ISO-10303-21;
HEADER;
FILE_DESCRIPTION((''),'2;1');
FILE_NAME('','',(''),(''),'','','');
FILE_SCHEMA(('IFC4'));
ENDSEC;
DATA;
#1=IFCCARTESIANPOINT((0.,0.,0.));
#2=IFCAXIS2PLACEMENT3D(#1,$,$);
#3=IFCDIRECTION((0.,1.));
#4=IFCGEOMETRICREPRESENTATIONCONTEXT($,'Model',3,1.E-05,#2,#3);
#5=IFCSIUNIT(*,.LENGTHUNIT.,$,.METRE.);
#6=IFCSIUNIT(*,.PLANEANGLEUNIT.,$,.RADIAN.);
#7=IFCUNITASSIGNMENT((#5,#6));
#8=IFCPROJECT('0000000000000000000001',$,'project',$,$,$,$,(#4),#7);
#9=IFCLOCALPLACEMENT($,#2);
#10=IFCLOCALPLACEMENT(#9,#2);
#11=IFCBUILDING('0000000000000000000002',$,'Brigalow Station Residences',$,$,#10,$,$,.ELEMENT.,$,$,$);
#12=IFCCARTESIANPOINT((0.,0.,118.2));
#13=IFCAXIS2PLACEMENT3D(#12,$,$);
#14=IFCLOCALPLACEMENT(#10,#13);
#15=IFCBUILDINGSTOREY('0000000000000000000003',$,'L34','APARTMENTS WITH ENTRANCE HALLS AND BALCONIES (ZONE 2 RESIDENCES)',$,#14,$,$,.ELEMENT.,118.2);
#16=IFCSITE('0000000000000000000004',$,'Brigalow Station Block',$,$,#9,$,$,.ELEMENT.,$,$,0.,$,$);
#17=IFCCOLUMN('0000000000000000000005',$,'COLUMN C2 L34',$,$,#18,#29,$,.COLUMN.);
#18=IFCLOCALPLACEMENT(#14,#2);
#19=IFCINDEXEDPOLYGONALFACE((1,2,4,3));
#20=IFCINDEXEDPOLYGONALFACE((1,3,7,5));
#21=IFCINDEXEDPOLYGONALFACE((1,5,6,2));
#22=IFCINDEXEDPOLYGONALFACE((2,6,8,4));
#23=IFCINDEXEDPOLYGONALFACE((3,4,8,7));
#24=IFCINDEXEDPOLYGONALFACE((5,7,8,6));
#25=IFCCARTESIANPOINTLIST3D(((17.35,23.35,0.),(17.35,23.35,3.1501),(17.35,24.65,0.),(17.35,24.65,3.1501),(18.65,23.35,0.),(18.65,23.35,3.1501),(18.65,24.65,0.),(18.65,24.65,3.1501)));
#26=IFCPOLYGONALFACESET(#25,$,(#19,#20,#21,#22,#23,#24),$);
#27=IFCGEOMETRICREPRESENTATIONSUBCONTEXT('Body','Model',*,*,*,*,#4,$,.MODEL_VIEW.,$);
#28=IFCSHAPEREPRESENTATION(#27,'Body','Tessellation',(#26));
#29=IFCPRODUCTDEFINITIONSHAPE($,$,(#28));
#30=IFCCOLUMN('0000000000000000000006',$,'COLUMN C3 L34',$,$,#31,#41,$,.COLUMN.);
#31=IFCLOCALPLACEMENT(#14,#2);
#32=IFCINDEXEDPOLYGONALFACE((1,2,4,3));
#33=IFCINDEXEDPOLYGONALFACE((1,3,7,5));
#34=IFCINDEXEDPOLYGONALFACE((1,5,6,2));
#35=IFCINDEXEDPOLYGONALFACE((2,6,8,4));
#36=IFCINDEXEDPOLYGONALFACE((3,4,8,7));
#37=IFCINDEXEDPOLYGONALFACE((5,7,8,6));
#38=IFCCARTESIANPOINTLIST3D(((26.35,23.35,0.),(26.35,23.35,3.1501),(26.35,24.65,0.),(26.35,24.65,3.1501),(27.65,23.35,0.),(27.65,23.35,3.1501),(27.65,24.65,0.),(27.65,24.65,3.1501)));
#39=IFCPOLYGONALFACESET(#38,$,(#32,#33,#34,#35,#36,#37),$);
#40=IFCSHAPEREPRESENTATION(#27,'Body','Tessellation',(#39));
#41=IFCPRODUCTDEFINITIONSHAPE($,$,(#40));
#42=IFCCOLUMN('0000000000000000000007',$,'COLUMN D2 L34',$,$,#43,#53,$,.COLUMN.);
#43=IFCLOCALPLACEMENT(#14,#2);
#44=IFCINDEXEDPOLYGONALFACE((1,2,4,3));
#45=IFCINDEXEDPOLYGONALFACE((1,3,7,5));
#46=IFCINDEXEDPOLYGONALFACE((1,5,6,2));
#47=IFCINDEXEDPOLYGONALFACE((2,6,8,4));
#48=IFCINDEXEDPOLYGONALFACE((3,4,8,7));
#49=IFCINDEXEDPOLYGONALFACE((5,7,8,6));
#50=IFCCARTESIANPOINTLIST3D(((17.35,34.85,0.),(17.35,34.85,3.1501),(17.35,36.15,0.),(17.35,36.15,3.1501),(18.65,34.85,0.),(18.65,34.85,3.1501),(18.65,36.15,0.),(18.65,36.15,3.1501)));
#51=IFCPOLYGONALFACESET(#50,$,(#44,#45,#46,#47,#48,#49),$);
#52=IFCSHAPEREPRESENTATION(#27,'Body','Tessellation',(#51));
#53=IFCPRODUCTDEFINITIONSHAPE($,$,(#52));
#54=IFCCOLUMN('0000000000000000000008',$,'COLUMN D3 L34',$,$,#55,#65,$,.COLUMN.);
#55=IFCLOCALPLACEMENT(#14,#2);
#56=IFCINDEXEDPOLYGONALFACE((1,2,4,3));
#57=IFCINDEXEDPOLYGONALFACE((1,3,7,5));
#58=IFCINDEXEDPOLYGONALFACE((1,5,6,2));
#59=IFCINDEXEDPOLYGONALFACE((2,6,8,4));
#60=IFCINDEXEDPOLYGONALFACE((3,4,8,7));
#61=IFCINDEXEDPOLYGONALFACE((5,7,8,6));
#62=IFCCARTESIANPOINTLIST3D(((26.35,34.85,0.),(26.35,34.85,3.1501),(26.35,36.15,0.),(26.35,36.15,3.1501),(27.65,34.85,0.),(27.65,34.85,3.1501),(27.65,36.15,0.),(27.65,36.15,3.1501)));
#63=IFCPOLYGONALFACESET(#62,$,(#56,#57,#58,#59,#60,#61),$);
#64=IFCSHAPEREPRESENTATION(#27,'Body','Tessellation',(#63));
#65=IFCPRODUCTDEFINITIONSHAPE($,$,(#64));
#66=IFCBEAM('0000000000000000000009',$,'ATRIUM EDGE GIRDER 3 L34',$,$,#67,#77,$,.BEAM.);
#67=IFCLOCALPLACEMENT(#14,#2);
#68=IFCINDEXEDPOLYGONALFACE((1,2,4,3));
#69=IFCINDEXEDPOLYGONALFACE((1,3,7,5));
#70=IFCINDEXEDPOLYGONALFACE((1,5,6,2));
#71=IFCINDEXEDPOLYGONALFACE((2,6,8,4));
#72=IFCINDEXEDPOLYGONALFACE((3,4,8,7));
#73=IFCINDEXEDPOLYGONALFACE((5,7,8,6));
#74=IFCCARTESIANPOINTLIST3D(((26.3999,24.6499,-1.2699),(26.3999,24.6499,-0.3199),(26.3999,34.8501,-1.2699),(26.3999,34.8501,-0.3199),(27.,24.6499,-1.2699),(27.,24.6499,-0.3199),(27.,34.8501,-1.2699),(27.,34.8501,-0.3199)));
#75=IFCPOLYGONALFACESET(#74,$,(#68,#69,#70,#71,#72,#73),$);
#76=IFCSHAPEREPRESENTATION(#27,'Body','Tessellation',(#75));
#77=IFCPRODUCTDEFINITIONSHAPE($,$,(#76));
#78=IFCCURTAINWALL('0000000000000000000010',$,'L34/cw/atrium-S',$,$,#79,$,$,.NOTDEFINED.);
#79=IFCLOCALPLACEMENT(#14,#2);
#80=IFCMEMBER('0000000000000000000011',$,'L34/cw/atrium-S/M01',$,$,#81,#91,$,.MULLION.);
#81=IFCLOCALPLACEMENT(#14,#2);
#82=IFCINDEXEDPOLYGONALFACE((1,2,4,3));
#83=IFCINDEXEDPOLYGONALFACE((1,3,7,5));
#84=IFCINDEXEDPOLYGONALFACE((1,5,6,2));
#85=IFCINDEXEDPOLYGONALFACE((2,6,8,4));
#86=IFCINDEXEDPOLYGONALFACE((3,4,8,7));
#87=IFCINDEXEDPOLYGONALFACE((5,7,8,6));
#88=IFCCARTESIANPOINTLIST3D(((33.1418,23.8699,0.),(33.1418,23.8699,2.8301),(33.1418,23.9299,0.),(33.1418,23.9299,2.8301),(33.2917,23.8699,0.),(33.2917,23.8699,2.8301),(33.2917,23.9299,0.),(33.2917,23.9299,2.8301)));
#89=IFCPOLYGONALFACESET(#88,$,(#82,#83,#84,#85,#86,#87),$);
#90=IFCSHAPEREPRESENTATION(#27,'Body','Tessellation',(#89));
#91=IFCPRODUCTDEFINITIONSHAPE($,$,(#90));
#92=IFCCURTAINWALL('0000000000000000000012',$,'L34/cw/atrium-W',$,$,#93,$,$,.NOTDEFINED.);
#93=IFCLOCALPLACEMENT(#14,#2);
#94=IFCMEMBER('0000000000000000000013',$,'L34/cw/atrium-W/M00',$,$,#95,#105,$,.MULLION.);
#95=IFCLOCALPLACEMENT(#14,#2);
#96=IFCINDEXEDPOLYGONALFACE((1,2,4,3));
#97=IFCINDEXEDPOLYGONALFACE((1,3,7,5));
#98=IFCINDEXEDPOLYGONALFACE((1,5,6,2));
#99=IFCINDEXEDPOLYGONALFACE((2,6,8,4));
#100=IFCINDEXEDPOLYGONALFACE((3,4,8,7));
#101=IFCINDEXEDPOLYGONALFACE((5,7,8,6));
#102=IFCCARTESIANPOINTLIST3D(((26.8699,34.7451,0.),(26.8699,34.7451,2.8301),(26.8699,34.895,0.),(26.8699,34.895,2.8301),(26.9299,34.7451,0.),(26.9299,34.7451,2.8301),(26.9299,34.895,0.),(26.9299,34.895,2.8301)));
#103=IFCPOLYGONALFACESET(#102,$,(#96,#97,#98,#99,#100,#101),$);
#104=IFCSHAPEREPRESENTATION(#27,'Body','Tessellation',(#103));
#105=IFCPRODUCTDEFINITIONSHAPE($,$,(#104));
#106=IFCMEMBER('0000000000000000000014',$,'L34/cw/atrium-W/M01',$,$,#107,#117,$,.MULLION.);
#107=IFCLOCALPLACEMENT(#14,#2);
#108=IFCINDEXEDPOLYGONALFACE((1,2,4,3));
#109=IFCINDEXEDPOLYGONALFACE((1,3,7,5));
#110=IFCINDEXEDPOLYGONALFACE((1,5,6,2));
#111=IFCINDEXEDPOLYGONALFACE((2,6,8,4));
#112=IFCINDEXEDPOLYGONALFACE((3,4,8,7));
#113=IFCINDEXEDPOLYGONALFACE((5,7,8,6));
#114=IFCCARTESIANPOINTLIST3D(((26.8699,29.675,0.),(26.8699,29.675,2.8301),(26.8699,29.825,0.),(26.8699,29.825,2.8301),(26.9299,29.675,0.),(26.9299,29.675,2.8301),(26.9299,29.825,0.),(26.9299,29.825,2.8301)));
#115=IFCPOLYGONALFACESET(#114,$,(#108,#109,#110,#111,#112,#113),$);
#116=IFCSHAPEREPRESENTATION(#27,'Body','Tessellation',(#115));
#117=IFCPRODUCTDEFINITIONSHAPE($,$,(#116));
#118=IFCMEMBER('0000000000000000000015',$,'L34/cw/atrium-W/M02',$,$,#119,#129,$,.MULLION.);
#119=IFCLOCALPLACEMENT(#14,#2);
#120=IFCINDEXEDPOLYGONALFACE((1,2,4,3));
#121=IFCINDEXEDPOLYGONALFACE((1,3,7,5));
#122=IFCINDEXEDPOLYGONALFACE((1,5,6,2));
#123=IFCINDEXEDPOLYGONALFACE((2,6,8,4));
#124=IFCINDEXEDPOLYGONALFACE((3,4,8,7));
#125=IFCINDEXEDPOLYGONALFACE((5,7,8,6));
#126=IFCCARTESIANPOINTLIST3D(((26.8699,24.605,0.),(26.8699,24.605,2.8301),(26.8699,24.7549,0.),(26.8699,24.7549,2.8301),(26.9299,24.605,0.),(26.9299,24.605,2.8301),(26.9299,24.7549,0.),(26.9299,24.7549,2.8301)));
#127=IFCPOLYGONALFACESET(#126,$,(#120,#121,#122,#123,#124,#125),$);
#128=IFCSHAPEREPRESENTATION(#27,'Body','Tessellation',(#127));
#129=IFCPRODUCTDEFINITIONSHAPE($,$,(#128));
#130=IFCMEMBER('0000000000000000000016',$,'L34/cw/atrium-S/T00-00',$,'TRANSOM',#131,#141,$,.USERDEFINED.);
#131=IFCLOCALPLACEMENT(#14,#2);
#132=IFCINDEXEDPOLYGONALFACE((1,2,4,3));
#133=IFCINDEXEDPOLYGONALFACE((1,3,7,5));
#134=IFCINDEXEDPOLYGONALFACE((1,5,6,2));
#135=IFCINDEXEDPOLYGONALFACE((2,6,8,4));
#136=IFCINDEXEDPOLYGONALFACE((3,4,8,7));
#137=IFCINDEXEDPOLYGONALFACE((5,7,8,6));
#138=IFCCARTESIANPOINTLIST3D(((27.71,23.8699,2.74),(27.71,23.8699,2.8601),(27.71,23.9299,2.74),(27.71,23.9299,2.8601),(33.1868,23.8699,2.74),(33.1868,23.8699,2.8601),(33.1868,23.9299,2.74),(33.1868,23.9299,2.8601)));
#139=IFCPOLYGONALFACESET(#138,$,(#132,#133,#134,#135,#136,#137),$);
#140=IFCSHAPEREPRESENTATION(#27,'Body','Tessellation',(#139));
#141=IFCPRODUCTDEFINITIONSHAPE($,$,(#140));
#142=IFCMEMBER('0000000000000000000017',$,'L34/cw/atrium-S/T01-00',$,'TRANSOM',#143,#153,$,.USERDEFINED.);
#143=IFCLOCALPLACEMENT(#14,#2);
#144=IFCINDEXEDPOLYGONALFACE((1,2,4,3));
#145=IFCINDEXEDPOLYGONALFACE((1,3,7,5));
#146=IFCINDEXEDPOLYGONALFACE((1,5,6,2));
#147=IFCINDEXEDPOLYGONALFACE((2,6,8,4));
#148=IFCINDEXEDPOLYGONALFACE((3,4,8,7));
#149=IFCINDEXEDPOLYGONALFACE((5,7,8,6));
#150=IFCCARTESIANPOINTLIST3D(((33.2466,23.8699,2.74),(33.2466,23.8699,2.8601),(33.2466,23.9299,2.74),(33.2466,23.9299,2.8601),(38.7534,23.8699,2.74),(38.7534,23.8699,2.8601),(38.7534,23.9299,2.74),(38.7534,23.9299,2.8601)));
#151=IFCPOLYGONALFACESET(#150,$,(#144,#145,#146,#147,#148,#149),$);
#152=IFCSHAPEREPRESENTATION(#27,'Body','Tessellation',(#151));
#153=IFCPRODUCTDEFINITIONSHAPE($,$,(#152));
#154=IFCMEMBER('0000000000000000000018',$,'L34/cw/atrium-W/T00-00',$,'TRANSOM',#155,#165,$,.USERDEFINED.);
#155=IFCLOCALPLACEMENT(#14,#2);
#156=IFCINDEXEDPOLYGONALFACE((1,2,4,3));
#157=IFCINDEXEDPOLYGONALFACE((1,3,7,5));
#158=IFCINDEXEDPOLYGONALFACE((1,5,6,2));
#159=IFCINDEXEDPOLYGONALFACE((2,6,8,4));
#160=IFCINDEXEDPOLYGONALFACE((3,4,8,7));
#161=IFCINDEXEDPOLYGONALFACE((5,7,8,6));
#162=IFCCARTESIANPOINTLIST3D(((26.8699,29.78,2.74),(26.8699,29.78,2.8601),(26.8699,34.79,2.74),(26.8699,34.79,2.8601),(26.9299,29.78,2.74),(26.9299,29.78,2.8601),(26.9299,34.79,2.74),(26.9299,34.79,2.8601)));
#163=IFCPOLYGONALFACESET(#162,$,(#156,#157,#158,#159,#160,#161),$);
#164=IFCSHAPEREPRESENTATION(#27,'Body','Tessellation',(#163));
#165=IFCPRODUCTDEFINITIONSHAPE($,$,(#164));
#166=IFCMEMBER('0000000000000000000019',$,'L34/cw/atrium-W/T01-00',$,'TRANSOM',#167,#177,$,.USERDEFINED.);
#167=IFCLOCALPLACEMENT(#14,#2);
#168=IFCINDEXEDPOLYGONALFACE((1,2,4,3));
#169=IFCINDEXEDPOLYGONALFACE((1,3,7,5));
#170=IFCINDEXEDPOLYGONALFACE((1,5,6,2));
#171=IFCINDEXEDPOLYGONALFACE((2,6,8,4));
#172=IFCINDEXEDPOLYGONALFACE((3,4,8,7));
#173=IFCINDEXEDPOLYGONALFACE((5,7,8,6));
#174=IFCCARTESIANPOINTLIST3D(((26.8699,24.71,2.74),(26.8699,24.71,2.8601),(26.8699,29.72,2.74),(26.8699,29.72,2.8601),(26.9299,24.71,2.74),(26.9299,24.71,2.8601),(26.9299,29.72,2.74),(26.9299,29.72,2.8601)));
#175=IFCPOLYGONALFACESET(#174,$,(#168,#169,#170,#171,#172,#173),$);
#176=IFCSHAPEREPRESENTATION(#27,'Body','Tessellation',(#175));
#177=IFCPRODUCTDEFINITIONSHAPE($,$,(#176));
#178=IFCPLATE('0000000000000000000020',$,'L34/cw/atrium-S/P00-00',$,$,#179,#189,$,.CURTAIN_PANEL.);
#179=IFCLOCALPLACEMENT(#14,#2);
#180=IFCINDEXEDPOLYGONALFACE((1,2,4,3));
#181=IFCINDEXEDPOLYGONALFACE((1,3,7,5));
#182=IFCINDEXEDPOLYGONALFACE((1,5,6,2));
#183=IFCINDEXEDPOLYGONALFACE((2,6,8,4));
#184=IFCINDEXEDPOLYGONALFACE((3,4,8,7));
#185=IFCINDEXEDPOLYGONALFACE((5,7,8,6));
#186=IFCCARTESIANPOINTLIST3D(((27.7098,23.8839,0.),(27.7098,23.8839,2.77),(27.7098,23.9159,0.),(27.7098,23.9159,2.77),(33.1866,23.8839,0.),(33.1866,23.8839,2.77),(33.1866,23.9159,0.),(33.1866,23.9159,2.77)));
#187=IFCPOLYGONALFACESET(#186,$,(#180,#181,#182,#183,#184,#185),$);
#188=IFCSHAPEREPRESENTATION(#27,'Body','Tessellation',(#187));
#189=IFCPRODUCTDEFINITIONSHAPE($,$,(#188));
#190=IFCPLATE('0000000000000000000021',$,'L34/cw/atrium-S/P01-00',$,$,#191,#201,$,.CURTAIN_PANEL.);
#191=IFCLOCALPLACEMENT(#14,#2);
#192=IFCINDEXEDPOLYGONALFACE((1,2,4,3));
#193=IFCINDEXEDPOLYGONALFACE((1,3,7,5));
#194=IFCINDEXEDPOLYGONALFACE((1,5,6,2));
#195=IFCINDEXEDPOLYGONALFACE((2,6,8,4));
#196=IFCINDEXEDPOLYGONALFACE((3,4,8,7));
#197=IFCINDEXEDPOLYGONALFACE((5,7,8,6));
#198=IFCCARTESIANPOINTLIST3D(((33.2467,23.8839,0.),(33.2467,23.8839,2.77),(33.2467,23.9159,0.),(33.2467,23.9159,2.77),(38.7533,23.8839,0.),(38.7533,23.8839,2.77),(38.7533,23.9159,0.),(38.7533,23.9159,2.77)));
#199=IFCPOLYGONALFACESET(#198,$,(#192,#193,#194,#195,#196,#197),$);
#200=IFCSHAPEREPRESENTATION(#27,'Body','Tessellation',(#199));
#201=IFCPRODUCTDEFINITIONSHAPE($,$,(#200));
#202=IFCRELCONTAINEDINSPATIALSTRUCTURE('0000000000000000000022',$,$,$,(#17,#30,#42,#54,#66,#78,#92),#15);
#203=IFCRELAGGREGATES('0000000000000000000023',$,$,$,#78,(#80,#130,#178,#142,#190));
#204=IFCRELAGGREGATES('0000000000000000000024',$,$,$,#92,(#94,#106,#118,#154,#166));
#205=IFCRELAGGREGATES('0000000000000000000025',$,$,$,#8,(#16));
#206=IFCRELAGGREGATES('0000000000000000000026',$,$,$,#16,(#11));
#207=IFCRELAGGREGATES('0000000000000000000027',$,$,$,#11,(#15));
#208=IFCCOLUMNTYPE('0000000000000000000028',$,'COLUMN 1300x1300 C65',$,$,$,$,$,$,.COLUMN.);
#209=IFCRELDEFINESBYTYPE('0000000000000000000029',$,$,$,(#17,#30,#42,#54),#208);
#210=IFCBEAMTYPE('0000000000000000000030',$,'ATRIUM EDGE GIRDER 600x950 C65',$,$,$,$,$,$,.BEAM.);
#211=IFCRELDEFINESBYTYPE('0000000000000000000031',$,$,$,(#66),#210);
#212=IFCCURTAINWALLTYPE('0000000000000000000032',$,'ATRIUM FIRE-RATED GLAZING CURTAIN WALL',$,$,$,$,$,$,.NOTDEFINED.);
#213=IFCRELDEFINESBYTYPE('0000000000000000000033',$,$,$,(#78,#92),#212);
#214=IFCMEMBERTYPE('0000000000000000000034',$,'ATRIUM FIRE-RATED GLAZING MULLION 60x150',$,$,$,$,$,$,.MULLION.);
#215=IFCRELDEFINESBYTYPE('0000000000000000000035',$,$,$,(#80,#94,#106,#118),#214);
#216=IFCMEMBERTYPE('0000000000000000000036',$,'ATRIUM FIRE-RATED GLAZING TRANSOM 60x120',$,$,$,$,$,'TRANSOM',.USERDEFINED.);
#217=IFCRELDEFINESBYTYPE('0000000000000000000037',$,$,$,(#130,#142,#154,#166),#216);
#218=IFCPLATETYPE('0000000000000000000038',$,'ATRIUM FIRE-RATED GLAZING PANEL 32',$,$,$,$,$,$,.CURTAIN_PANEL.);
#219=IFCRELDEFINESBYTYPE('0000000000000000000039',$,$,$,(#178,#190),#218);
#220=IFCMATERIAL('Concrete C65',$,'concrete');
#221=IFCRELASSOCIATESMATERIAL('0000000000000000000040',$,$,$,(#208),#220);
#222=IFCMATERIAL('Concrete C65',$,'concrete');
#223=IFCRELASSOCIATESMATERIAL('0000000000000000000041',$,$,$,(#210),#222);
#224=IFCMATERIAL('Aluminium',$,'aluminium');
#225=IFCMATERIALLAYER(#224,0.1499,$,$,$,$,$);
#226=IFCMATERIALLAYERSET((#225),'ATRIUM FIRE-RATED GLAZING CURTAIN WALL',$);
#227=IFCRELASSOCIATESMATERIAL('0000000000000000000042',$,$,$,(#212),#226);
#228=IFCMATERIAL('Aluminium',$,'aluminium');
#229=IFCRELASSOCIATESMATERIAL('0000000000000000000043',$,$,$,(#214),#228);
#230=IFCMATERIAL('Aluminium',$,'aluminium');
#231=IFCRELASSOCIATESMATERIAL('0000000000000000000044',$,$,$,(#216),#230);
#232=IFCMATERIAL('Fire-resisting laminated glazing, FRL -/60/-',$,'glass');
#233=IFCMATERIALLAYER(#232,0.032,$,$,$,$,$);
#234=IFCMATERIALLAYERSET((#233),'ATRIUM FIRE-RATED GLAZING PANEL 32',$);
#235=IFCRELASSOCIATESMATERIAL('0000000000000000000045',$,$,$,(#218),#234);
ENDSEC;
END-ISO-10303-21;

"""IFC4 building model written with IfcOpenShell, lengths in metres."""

from ifc_helpers import new_model, si_unit, direction, frame, origin, origin_2d, place, context, subcontext, project, spatial, rectangle, extrude, material, layer, layer_set, material_profile, profile_set, type_object, element, aggregate, save


model = new_model("IFC4")

# Units and contexts
model_context = context("Model", 3, precision=1e-05, world=origin(), true_north=direction((0.0, 1.0)))
body_context = subcontext(model_context, "Body", "Model", "MODEL_VIEW")
ifc_project = project(units=[si_unit("LENGTHUNIT", "METRE"), si_unit("PLANEANGLEUNIT", "RADIAN")], contexts=[model_context])

# Site, building, storey
site_placement = place(None, origin())
site = spatial("IfcSite", under=ifc_project, at=site_placement, Name="Brigalow Station Block", CompositionType="ELEMENT", RefElevation=0.0)
building_placement = place(site_placement, origin())
building = spatial("IfcBuilding", under=site, at=building_placement, Name="Brigalow Station Residences", CompositionType="ELEMENT")
storey_placement = place(building_placement, frame((0.0, 0.0, 118.2)))
storey = spatial("IfcBuildingStorey", under=building, at=storey_placement, Name="L34", Description="APARTMENTS WITH ENTRANCE HALLS AND BALCONIES (ZONE 2 RESIDENCES)", CompositionType="ELEMENT", Elevation=118.2)

# Columns
ifc_material_1 = material(Name="Concrete C65", Category="concrete")
ifc_material_profile_1 = material_profile(ifc_material_1, rectangle(XDim=1.3, YDim=1.3, at=origin_2d()), Name="RC1300x1300")
ifc_profile_set_1 = profile_set([ifc_material_profile_1], Name="Concrete C65")
column_type = type_object("IfcColumnType", Name="COLUMN 1300x1300 C65", PredefinedType="COLUMN", material=ifc_profile_set_1)
for number, where, z_axis, x_axis, name in (
    (1, (18.0, 24.0, 0.0), (0.0, 0.0, 1.0), (1.0, 0.0, 0.0), "COLUMN C2 L34"),
    (2, (27.0, 24.0, 0.0), (0.0, 0.0, 1.0), (1.0, 0.0, 0.0), "COLUMN C3 L34"),
    (3, (18.0, 35.5, 0.0), (0.0, 0.0, 1.0), (1.0, 0.0, 0.0), "COLUMN D2 L34"),
    (4, (27.0, 35.5, 0.0), (0.0, 0.0, 1.0), (1.0, 0.0, 0.0), "COLUMN D3 L34"),
):
    element("IfcColumn", number, at=place(storey_placement, frame(where, z_axis=z_axis, x_axis=x_axis)), inside=storey, type_object=column_type, Name=name, PredefinedType="COLUMN", context=body_context, shape_type="SweptSolid", body=[
        extrude(rectangle(XDim=1.3, YDim=1.3, at=origin_2d()), origin(), (0.0, 0.0, 1.0), 3.1501),
    ])

# Beam
ifc_material_2 = material(Name="Concrete C65", Category="concrete")
ifc_material_profile_2 = material_profile(ifc_material_2, rectangle(XDim=0.6001, YDim=0.95, at=origin_2d()), Name="RC600x950")
ifc_profile_set_2 = profile_set([ifc_material_profile_2], Name="Concrete C65")
beam_type = type_object("IfcBeamType", Name="ATRIUM EDGE GIRDER 600x950 C65", PredefinedType="BEAM", material=ifc_profile_set_2)
beam_placement = place(storey_placement, frame((26.7, 24.6499, -0.7949), z_axis=(0.0, 1.0, 0.0), x_axis=(-1.0, 0.0, 0.0)))
element("IfcBeam", 5, at=beam_placement, inside=storey, type_object=beam_type, Name="ATRIUM EDGE GIRDER 3 L34", PredefinedType="BEAM", context=body_context, shape_type="SweptSolid", body=[
    extrude(rectangle(XDim=0.6001, YDim=0.95, at=origin_2d()), origin(), (0.0, 0.0, 1.0), 10.2002),
])

# Curtain wall, member
ifc_material_3 = material(Name="Aluminium", Category="aluminium")
ifc_layer_1 = layer(ifc_material_3, 0.1499)
ifc_layer_set_1 = layer_set([ifc_layer_1], Name="ATRIUM FIRE-RATED GLAZING CURTAIN WALL")
curtain_wall_type = type_object("IfcCurtainWallType", Name="ATRIUM FIRE-RATED GLAZING CURTAIN WALL", PredefinedType="NOTDEFINED", material=ifc_layer_set_1)
curtain_wall_1_placement = place(storey_placement, origin())
curtain_wall_1 = element("IfcCurtainWall", 6, at=curtain_wall_1_placement, inside=storey, type_object=curtain_wall_type, Name="L34/cw/atrium-S", PredefinedType="NOTDEFINED")
ifc_material_4 = material(Name="Aluminium", Category="aluminium")
ifc_material_profile_3 = material_profile(ifc_material_4, rectangle(XDim=0.0601, YDim=0.1499, at=origin_2d()), Name="ATRIUM FIRE-RATED GLAZING MULLION 60x150")
ifc_profile_set_3 = profile_set([ifc_material_profile_3], Name="Aluminium")
member_type_1 = type_object("IfcMemberType", Name="ATRIUM FIRE-RATED GLAZING MULLION 60x150", PredefinedType="MULLION", material=ifc_profile_set_3)
member_1_placement = place(storey_placement, frame((33.2168, 23.8999, 0.0), z_axis=(0.0, 0.0, 1.0), x_axis=(0.0, 1.0, 0.0)))
member_1 = element("IfcMember", 7, at=member_1_placement, type_object=member_type_1, Name="L34/cw/atrium-S/M01", PredefinedType="MULLION", context=body_context, shape_type="SweptSolid", body=[
    extrude(rectangle(XDim=0.0601, YDim=0.1499, at=origin_2d()), origin(), (0.0, 0.0, 1.0), 2.8301),
])

# Curtain wall, members
curtain_wall_2_placement = place(storey_placement, origin())
curtain_wall_2 = element("IfcCurtainWall", 8, at=curtain_wall_2_placement, inside=storey, type_object=curtain_wall_type, Name="L34/cw/atrium-W", PredefinedType="NOTDEFINED")
member_2_placement = place(storey_placement, frame((26.8999, 34.8201, 0.0), z_axis=(0.0, 0.0, 1.0), x_axis=(1.0, 0.0, 0.0)))
member_2 = element("IfcMember", 9, at=member_2_placement, type_object=member_type_1, Name="L34/cw/atrium-W/M00", PredefinedType="MULLION", context=body_context, shape_type="SweptSolid", body=[
    extrude(rectangle(XDim=0.0601, YDim=0.1499, at=origin_2d()), origin(), (0.0, 0.0, 1.0), 2.8301),
])
member_3_placement = place(storey_placement, frame((26.8999, 29.75, 0.0), z_axis=(0.0, 0.0, 1.0), x_axis=(1.0, 0.0, 0.0)))
member_3 = element("IfcMember", 10, at=member_3_placement, type_object=member_type_1, Name="L34/cw/atrium-W/M01", PredefinedType="MULLION", context=body_context, shape_type="SweptSolid", body=[
    extrude(rectangle(XDim=0.0601, YDim=0.1499, at=origin_2d()), origin(), (0.0, 0.0, 1.0), 2.8301),
])
member_4_placement = place(storey_placement, frame((26.8999, 24.6799, 0.0), z_axis=(0.0, 0.0, 1.0), x_axis=(1.0, 0.0, 0.0)))
member_4 = element("IfcMember", 11, at=member_4_placement, type_object=member_type_1, Name="L34/cw/atrium-W/M02", PredefinedType="MULLION", context=body_context, shape_type="SweptSolid", body=[
    extrude(rectangle(XDim=0.0601, YDim=0.1499, at=origin_2d()), origin(), (0.0, 0.0, 1.0), 2.8301),
])

# Members
ifc_material_5 = material(Name="Aluminium", Category="aluminium")
ifc_material_profile_4 = material_profile(ifc_material_5, rectangle(XDim=0.0601, YDim=0.1201, at=origin_2d()), Name="ATRIUM FIRE-RATED GLAZING TRANSOM 60x120")
ifc_profile_set_4 = profile_set([ifc_material_profile_4], Name="Aluminium")
member_type_2 = type_object("IfcMemberType", Name="ATRIUM FIRE-RATED GLAZING TRANSOM 60x120", ElementType="TRANSOM", PredefinedType="USERDEFINED", material=ifc_profile_set_4)
member_5_placement = place(storey_placement, frame((27.71, 23.8999, 2.8), z_axis=(1.0, 0.0, 0.0), x_axis=(0.0, 1.0, 0.0)))
member_5 = element("IfcMember", 12, at=member_5_placement, type_object=member_type_2, Name="L34/cw/atrium-S/T00-00", ObjectType="TRANSOM", PredefinedType="USERDEFINED", context=body_context, shape_type="SweptSolid", body=[
    extrude(rectangle(XDim=0.0601, YDim=0.1201, at=origin_2d()), origin(), (0.0, 0.0, 1.0), 5.4768),
])
member_6_placement = place(storey_placement, frame((33.2466, 23.8999, 2.8), z_axis=(1.0, 0.0, 0.0), x_axis=(0.0, 1.0, 0.0)))
member_6 = element("IfcMember", 13, at=member_6_placement, type_object=member_type_2, Name="L34/cw/atrium-S/T01-00", ObjectType="TRANSOM", PredefinedType="USERDEFINED", context=body_context, shape_type="SweptSolid", body=[
    extrude(rectangle(XDim=0.0601, YDim=0.1201, at=origin_2d()), origin(), (0.0, 0.0, 1.0), 5.5068),
])
member_7_placement = place(storey_placement, frame((26.8999, 34.79, 2.8), z_axis=(0.0, -1.0, 0.0), x_axis=(1.0, 0.0, 0.0)))
member_7 = element("IfcMember", 14, at=member_7_placement, type_object=member_type_2, Name="L34/cw/atrium-W/T00-00", ObjectType="TRANSOM", PredefinedType="USERDEFINED", context=body_context, shape_type="SweptSolid", body=[
    extrude(rectangle(XDim=0.0601, YDim=0.1201, at=origin_2d()), origin(), (0.0, 0.0, 1.0), 5.01),
])
member_8_placement = place(storey_placement, frame((26.8999, 29.72, 2.8), z_axis=(0.0, -1.0, 0.0), x_axis=(1.0, 0.0, 0.0)))
member_8 = element("IfcMember", 15, at=member_8_placement, type_object=member_type_2, Name="L34/cw/atrium-W/T01-00", ObjectType="TRANSOM", PredefinedType="USERDEFINED", context=body_context, shape_type="SweptSolid", body=[
    extrude(rectangle(XDim=0.0601, YDim=0.1201, at=origin_2d()), origin(), (0.0, 0.0, 1.0), 5.01),
])

# Plates
ifc_material_6 = material(Name="Fire-resisting laminated glazing, FRL -/60/-", Category="glass")
ifc_layer_2 = layer(ifc_material_6, 0.032)
ifc_layer_set_2 = layer_set([ifc_layer_2], Name="ATRIUM FIRE-RATED GLAZING PANEL 32")
plate_type = type_object("IfcPlateType", Name="ATRIUM FIRE-RATED GLAZING PANEL 32", PredefinedType="CURTAIN_PANEL", material=ifc_layer_set_2)
plate_1_placement = place(storey_placement, frame((30.4482, 23.8999, 0.0), z_axis=(0.0, 0.0, 1.0), x_axis=(1.0, 0.0, 0.0)))
plate_1 = element("IfcPlate", 16, at=plate_1_placement, type_object=plate_type, Name="L34/cw/atrium-S/P00-00", PredefinedType="CURTAIN_PANEL", context=body_context, shape_type="SweptSolid", body=[
    extrude(rectangle(XDim=5.4768, YDim=0.032, at=origin_2d()), origin(), (0.0, 0.0, 1.0), 2.77),
])
plate_2_placement = place(storey_placement, frame((36.0, 23.8999, 0.0), z_axis=(0.0, 0.0, 1.0), x_axis=(1.0, 0.0, 0.0)))
plate_2 = element("IfcPlate", 17, at=plate_2_placement, type_object=plate_type, Name="L34/cw/atrium-S/P01-00", PredefinedType="CURTAIN_PANEL", context=body_context, shape_type="SweptSolid", body=[
    extrude(rectangle(XDim=5.5066, YDim=0.032, at=origin_2d()), origin(), (0.0, 0.0, 1.0), 2.77),
])
aggregate(curtain_wall_1, [member_1, member_5, plate_1, member_6, plate_2])
aggregate(curtain_wall_2, [member_2, member_3, member_4, member_7, member_8])

save(model, "model.ifc")
